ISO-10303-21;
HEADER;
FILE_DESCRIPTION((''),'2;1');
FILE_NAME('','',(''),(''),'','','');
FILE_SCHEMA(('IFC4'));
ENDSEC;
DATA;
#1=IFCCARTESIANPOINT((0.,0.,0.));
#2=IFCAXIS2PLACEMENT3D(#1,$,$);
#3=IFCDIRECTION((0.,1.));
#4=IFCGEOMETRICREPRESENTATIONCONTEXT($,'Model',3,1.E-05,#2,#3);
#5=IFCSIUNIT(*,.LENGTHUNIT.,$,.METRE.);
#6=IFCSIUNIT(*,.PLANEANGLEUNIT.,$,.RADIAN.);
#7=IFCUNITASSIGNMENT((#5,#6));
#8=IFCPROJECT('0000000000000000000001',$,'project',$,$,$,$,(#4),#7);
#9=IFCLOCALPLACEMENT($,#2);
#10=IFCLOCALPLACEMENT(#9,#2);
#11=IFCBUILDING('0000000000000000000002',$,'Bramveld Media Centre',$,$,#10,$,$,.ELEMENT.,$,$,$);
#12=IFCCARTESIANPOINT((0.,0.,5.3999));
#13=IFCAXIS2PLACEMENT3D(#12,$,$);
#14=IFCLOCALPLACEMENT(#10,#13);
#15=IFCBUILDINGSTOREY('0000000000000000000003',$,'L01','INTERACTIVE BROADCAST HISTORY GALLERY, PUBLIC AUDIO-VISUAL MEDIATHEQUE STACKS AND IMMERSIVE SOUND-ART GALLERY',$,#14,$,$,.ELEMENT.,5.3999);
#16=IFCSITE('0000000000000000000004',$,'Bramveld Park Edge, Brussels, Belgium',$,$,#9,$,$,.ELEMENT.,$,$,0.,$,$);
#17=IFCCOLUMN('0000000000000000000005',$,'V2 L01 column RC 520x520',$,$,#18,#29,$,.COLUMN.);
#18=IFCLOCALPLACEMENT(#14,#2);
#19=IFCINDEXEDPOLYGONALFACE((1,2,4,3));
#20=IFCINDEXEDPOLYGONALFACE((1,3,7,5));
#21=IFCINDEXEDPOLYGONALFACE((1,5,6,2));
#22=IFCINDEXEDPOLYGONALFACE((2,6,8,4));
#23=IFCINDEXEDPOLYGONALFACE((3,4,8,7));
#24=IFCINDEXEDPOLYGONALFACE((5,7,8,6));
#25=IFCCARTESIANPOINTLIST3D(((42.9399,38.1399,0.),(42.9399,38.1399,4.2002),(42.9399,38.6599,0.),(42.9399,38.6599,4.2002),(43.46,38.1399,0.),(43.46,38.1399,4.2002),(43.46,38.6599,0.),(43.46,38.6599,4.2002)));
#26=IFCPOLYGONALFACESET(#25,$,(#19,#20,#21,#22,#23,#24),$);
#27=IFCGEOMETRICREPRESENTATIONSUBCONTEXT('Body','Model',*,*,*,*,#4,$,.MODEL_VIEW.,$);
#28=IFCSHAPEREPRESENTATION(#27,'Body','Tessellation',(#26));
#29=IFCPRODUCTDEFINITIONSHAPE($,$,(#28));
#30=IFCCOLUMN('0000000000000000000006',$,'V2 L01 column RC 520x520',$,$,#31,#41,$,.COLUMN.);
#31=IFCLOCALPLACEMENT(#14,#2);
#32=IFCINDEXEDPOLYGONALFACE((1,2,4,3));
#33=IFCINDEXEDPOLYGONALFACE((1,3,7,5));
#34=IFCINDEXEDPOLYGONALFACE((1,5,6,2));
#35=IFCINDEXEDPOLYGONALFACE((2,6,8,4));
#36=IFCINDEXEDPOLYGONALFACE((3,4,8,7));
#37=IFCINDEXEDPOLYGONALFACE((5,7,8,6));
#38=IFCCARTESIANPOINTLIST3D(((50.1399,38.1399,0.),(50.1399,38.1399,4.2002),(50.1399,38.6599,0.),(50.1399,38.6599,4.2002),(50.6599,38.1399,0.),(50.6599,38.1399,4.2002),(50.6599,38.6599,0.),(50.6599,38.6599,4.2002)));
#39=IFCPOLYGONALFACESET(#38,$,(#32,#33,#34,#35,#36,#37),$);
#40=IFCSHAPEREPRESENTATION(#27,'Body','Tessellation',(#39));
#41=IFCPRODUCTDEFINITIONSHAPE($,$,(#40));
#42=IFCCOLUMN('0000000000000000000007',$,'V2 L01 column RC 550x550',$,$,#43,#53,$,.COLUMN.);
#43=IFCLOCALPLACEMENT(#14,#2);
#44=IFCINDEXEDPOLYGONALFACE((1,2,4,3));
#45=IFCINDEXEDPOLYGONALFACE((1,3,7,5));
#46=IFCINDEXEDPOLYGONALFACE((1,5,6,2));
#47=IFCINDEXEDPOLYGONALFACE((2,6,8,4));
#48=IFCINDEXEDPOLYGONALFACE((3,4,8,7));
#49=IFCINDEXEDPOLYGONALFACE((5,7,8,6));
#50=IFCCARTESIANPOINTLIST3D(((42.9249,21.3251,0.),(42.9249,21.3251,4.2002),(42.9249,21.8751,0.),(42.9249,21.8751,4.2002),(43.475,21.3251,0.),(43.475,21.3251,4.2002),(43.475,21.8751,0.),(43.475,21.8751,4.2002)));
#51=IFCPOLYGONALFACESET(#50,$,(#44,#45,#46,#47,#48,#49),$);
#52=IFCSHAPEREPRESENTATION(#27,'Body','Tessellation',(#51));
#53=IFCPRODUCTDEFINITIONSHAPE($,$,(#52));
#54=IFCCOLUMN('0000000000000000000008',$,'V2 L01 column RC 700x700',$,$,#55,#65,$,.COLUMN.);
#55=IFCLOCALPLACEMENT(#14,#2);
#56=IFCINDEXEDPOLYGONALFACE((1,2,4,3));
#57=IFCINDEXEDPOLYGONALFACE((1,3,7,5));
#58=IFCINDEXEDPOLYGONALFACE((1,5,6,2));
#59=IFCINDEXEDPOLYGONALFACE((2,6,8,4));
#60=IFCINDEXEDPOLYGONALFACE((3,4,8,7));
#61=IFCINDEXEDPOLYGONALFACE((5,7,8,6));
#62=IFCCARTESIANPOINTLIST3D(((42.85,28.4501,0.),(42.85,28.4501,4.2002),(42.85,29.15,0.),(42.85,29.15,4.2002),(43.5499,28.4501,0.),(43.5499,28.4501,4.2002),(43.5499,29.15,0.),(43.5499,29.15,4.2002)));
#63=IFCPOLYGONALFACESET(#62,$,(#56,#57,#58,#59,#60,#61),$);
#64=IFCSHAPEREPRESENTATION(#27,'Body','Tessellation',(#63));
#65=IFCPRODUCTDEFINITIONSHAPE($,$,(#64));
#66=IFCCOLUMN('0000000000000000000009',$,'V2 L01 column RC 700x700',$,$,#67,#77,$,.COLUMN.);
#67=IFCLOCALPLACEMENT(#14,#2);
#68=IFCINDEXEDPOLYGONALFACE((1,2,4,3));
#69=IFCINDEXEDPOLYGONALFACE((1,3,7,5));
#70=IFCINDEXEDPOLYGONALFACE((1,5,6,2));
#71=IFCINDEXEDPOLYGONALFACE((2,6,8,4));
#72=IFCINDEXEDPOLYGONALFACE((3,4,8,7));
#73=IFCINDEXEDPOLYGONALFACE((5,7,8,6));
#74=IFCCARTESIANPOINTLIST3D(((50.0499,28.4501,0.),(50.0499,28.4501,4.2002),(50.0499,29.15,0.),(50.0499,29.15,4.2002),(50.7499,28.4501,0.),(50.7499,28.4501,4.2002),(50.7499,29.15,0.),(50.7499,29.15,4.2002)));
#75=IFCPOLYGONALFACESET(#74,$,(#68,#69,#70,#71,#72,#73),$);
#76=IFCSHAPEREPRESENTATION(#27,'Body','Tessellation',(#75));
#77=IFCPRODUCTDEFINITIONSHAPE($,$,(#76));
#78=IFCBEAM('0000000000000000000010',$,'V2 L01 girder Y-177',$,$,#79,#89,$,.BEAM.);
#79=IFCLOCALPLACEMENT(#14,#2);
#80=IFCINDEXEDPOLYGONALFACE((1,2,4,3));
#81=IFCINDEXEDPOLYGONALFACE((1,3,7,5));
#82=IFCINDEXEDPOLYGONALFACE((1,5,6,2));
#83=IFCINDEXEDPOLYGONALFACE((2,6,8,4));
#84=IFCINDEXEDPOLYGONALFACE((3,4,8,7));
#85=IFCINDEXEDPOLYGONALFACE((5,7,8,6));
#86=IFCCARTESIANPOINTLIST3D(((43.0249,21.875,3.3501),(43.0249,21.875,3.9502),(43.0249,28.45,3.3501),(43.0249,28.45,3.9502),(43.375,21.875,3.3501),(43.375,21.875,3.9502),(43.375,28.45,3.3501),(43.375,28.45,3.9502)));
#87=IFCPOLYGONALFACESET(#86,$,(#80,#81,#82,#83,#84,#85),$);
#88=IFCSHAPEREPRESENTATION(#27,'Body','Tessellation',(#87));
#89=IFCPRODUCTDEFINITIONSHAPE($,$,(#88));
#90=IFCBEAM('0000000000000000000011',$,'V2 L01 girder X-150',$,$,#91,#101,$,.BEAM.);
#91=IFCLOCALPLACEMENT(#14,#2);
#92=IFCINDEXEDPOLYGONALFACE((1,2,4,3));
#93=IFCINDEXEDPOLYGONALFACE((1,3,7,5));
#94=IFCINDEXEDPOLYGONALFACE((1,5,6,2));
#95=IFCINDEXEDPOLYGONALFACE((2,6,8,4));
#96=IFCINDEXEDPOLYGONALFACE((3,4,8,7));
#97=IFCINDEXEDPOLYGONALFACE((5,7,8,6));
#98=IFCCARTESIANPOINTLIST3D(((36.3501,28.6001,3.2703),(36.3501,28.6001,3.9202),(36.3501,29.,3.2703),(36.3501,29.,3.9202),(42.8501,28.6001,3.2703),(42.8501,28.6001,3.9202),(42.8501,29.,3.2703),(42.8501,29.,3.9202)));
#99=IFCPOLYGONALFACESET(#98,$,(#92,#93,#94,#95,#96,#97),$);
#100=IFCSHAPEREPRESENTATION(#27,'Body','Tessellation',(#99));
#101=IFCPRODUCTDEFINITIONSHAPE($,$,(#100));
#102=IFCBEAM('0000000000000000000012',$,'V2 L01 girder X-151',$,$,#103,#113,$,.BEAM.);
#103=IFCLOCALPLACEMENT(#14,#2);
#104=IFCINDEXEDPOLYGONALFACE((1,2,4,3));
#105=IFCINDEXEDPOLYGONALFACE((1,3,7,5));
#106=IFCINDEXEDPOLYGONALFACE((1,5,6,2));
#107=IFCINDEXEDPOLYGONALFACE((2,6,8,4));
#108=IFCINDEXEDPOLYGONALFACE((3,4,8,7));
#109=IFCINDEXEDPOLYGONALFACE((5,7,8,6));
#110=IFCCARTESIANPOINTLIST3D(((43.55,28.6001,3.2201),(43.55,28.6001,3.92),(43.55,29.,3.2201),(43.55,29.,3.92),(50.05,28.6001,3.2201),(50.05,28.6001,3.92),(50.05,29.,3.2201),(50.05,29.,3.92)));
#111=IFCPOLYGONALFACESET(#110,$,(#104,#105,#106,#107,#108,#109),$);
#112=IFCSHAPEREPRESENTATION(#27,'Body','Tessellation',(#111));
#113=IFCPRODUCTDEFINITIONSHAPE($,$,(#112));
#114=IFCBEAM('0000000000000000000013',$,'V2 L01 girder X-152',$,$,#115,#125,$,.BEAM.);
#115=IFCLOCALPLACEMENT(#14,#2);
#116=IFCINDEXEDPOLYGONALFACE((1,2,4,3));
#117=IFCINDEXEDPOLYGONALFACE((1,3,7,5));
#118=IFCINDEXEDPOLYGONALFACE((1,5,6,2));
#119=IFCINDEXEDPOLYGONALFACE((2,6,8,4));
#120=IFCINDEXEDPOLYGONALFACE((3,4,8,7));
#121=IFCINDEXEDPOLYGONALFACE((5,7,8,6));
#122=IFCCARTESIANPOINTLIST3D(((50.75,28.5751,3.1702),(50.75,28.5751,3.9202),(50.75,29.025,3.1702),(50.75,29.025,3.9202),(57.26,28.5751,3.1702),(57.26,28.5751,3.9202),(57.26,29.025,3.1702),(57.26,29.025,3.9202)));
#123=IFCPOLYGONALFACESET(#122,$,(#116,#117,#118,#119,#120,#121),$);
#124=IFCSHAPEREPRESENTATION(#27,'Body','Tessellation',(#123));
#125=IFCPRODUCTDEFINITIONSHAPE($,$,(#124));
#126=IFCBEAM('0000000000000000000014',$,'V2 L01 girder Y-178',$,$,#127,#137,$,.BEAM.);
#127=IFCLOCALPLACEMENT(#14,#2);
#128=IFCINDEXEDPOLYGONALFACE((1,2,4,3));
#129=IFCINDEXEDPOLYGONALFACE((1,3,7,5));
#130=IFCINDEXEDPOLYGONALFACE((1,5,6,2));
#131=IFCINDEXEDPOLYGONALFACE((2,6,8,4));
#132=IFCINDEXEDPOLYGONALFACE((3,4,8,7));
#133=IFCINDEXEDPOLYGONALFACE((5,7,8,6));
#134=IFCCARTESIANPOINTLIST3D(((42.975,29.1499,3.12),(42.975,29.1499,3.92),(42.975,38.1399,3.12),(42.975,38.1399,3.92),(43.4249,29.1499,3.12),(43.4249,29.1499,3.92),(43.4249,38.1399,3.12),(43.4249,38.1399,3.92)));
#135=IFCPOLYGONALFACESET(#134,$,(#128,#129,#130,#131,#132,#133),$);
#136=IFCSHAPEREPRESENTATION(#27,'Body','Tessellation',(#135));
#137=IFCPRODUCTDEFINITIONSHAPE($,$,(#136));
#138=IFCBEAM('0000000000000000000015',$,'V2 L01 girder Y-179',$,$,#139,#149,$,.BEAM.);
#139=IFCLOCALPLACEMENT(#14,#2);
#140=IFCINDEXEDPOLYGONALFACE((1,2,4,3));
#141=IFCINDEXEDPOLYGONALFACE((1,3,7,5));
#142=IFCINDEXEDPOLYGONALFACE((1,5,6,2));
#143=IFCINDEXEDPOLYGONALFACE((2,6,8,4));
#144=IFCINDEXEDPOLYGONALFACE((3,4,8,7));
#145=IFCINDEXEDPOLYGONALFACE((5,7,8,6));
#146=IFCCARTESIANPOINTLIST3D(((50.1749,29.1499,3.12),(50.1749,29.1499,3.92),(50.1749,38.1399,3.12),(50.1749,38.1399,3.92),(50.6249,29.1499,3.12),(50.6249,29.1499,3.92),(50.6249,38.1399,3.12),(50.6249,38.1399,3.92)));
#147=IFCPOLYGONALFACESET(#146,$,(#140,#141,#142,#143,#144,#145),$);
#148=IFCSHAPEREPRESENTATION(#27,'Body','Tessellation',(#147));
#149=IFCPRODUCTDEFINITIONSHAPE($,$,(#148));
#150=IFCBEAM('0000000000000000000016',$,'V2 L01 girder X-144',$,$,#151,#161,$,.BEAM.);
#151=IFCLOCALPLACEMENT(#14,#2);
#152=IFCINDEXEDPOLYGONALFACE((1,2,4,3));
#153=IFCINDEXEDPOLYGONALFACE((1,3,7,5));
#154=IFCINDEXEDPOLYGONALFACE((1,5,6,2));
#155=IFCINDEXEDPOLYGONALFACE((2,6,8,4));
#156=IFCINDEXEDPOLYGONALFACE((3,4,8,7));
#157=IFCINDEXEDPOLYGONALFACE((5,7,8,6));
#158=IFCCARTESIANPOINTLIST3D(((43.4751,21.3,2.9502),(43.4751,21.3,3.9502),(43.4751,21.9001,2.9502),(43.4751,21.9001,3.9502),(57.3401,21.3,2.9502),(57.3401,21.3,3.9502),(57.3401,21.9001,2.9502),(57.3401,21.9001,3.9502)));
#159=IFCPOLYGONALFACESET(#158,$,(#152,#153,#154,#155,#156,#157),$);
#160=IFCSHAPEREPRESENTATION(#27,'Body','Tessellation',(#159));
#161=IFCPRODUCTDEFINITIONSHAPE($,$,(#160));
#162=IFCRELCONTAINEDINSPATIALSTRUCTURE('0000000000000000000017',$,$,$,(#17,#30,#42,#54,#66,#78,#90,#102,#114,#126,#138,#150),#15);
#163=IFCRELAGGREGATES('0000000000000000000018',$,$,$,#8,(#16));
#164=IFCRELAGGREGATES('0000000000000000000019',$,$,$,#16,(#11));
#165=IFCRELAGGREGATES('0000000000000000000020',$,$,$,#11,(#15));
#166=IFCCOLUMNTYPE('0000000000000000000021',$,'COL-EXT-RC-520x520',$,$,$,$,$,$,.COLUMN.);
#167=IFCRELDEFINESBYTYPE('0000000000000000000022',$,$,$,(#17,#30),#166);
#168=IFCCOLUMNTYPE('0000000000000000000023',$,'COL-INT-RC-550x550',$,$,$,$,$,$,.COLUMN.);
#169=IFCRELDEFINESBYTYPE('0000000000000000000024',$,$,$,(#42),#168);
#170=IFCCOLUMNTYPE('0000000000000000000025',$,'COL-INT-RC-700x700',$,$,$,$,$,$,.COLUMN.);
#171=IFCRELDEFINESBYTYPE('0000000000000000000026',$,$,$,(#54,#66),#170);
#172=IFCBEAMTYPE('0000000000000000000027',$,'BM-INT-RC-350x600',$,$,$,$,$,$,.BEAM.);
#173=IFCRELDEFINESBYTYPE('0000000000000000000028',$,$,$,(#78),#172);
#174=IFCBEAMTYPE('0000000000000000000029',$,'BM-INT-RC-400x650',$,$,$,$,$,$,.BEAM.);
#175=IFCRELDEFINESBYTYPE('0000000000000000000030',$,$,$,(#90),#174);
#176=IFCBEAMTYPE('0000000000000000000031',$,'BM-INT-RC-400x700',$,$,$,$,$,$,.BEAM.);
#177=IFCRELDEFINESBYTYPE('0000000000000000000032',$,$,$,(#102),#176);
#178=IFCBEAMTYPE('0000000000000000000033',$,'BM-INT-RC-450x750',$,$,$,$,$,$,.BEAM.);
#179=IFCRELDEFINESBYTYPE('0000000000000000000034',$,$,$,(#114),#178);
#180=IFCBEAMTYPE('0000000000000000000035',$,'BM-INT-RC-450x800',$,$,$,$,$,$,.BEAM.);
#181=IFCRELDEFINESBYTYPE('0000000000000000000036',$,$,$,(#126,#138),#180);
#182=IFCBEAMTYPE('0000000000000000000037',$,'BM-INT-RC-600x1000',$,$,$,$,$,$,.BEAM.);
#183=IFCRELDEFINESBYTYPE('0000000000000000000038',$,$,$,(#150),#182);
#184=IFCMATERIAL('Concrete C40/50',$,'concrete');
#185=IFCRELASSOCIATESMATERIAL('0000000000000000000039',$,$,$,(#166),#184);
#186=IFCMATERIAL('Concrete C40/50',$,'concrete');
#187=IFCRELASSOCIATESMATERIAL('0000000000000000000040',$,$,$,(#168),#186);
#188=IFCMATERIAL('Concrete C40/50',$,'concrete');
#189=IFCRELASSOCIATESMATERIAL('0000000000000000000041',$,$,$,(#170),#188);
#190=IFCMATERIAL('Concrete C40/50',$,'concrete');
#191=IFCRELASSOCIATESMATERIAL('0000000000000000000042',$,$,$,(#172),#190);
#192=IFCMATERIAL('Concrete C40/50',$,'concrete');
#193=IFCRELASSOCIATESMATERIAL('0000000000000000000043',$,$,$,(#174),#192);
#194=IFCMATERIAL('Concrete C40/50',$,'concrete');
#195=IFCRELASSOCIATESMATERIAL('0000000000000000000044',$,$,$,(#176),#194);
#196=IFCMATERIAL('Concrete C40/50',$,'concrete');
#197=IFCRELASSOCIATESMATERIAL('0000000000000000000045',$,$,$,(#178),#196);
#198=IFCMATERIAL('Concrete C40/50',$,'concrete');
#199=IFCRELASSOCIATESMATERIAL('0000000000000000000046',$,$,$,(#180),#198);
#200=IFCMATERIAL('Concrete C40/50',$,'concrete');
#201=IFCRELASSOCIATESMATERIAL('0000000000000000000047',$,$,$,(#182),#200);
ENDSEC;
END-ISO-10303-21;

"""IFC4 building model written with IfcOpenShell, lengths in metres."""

from ifc_helpers import new_model, si_unit, direction, frame, origin, origin_2d, place, context, subcontext, project, spatial, rectangle, extrude, material, material_profile, profile_set, type_object, element, save


model = new_model("IFC4")

# Units and contexts
model_context = context("Model", 3, precision=1e-05, world=origin(), true_north=direction((0.0, 1.0)))
body_context = subcontext(model_context, "Body", "Model", "MODEL_VIEW")
ifc_project = project(units=[si_unit("LENGTHUNIT", "METRE"), si_unit("PLANEANGLEUNIT", "RADIAN")], contexts=[model_context])

# Site, building, storey
site_placement = place(None, origin())
site = spatial("IfcSite", under=ifc_project, at=site_placement, Name="Bramveld Park Edge, Brussels, Belgium", CompositionType="ELEMENT", RefElevation=0.0)
building_placement = place(site_placement, origin())
building = spatial("IfcBuilding", under=site, at=building_placement, Name="Bramveld Media Centre", CompositionType="ELEMENT")
storey_placement = place(building_placement, frame((0.0, 0.0, 5.3999)))
storey = spatial("IfcBuildingStorey", under=building, at=storey_placement, Name="L01", Description="INTERACTIVE BROADCAST HISTORY GALLERY, PUBLIC AUDIO-VISUAL MEDIATHEQUE STACKS AND IMMERSIVE SOUND-ART GALLERY", CompositionType="ELEMENT", Elevation=5.3999)

# Columns
ifc_material_1 = material(Name="Concrete C40/50", Category="concrete")
ifc_material_profile_1 = material_profile(ifc_material_1, rectangle(XDim=0.52, YDim=0.52, at=origin_2d()), Name="RC 520x520")
ifc_profile_set_1 = profile_set([ifc_material_profile_1], Name="Concrete C40/50")
column_type_1 = type_object("IfcColumnType", Name="COL-EXT-RC-520x520", PredefinedType="COLUMN", material=ifc_profile_set_1)
for number, where, z_axis, x_axis, name in (
    (1, (43.2, 38.3999, 0.0), (0.0, 0.0, 1.0), (1.0, 0.0, 0.0), "V2 L01 column RC 520x520"),
    (2, (50.3999, 38.3999, 0.0), (0.0, 0.0, 1.0), (1.0, 0.0, 0.0), "V2 L01 column RC 520x520"),
):
    element("IfcColumn", number, at=place(storey_placement, frame(where, z_axis=z_axis, x_axis=x_axis)), inside=storey, type_object=column_type_1, Name=name, PredefinedType="COLUMN", context=body_context, shape_type="SweptSolid", body=[
        extrude(rectangle(XDim=0.52, YDim=0.52, at=origin_2d()), origin(), (0.0, 0.0, 1.0), 4.2002),
    ])
ifc_material_2 = material(Name="Concrete C40/50", Category="concrete")
ifc_material_profile_2 = material_profile(ifc_material_2, rectangle(XDim=0.55, YDim=0.55, at=origin_2d()), Name="RC 550x550")
ifc_profile_set_2 = profile_set([ifc_material_profile_2], Name="Concrete C40/50")
column_type_2 = type_object("IfcColumnType", Name="COL-INT-RC-550x550", PredefinedType="COLUMN", material=ifc_profile_set_2)
column_placement = place(storey_placement, frame((43.2, 21.6001, 0.0), z_axis=(0.0, 0.0, 1.0), x_axis=(1.0, 0.0, 0.0)))
element("IfcColumn", 3, at=column_placement, inside=storey, type_object=column_type_2, Name="V2 L01 column RC 550x550", PredefinedType="COLUMN", context=body_context, shape_type="SweptSolid", body=[
    extrude(rectangle(XDim=0.55, YDim=0.55, at=origin_2d()), origin(), (0.0, 0.0, 1.0), 4.2002),
])
ifc_material_3 = material(Name="Concrete C40/50", Category="concrete")
ifc_material_profile_3 = material_profile(ifc_material_3, rectangle(XDim=0.7, YDim=0.7, at=origin_2d()), Name="RC 700x700")
ifc_profile_set_3 = profile_set([ifc_material_profile_3], Name="Concrete C40/50")
column_type_3 = type_object("IfcColumnType", Name="COL-INT-RC-700x700", PredefinedType="COLUMN", material=ifc_profile_set_3)
for number, where, z_axis, x_axis, name in (
    (4, (43.2, 28.8, 0.0), (0.0, 0.0, 1.0), (1.0, 0.0, 0.0), "V2 L01 column RC 700x700"),
    (5, (50.3999, 28.8, 0.0), (0.0, 0.0, 1.0), (1.0, 0.0, 0.0), "V2 L01 column RC 700x700"),
):
    element("IfcColumn", number, at=place(storey_placement, frame(where, z_axis=z_axis, x_axis=x_axis)), inside=storey, type_object=column_type_3, Name=name, PredefinedType="COLUMN", context=body_context, shape_type="SweptSolid", body=[
        extrude(rectangle(XDim=0.7, YDim=0.7, at=origin_2d()), origin(), (0.0, 0.0, 1.0), 4.2002),
    ])

# Beams
ifc_material_4 = material(Name="Concrete C40/50", Category="concrete")
ifc_material_profile_4 = material_profile(ifc_material_4, rectangle(XDim=0.3501, YDim=0.6001, at=origin_2d()), Name="RC 350x600")
ifc_profile_set_4 = profile_set([ifc_material_profile_4], Name="Concrete C40/50")
beam_type_1 = type_object("IfcBeamType", Name="BM-INT-RC-350x600", PredefinedType="BEAM", material=ifc_profile_set_4)
beam_1_placement = place(storey_placement, frame((43.2, 21.875, 3.6501), z_axis=(0.0, 1.0, 0.0), x_axis=(-1.0, 0.0, 0.0)))
element("IfcBeam", 6, at=beam_1_placement, inside=storey, type_object=beam_type_1, Name="V2 L01 girder Y-177", PredefinedType="BEAM", context=body_context, shape_type="SweptSolid", body=[
    extrude(rectangle(XDim=0.3501, YDim=0.6001, at=origin_2d()), origin(), (0.0, 0.0, 1.0), 6.575),
])
ifc_material_5 = material(Name="Concrete C40/50", Category="concrete")
ifc_material_profile_5 = material_profile(ifc_material_5, rectangle(XDim=0.3999, YDim=0.6499, at=origin_2d()), Name="RC 400x650")
ifc_profile_set_5 = profile_set([ifc_material_profile_5], Name="Concrete C40/50")
beam_type_2 = type_object("IfcBeamType", Name="BM-INT-RC-400x650", PredefinedType="BEAM", material=ifc_profile_set_5)
beam_2_placement = place(storey_placement, frame((36.3501, 28.8, 3.5952), z_axis=(1.0, 0.0, 0.0), x_axis=(0.0, 1.0, 0.0)))
element("IfcBeam", 7, at=beam_2_placement, inside=storey, type_object=beam_type_2, Name="V2 L01 girder X-150", PredefinedType="BEAM", context=body_context, shape_type="SweptSolid", body=[
    extrude(rectangle(XDim=0.3999, YDim=0.6499, at=origin_2d()), origin(), (0.0, 0.0, 1.0), 6.5),
])
ifc_material_6 = material(Name="Concrete C40/50", Category="concrete")
ifc_material_profile_6 = material_profile(ifc_material_6, rectangle(XDim=0.3999, YDim=0.7, at=origin_2d()), Name="RC 400x700")
ifc_profile_set_6 = profile_set([ifc_material_profile_6], Name="Concrete C40/50")
beam_type_3 = type_object("IfcBeamType", Name="BM-INT-RC-400x700", PredefinedType="BEAM", material=ifc_profile_set_6)
beam_3_placement = place(storey_placement, frame((43.55, 28.8, 3.5701), z_axis=(1.0, 0.0, 0.0), x_axis=(0.0, 1.0, 0.0)))
element("IfcBeam", 8, at=beam_3_placement, inside=storey, type_object=beam_type_3, Name="V2 L01 girder X-151", PredefinedType="BEAM", context=body_context, shape_type="SweptSolid", body=[
    extrude(rectangle(XDim=0.3999, YDim=0.7, at=origin_2d()), origin(), (0.0, 0.0, 1.0), 6.5),
])
ifc_material_7 = material(Name="Concrete C40/50", Category="concrete")
ifc_material_profile_7 = material_profile(ifc_material_7, rectangle(XDim=0.45, YDim=0.75, at=origin_2d()), Name="RC 450x750")
ifc_profile_set_7 = profile_set([ifc_material_profile_7], Name="Concrete C40/50")
beam_type_4 = type_object("IfcBeamType", Name="BM-INT-RC-450x750", PredefinedType="BEAM", material=ifc_profile_set_7)
beam_4_placement = place(storey_placement, frame((50.75, 28.8, 3.5452), z_axis=(1.0, 0.0, 0.0), x_axis=(0.0, 1.0, 0.0)))
element("IfcBeam", 9, at=beam_4_placement, inside=storey, type_object=beam_type_4, Name="V2 L01 girder X-152", PredefinedType="BEAM", context=body_context, shape_type="SweptSolid", body=[
    extrude(rectangle(XDim=0.45, YDim=0.75, at=origin_2d()), origin(), (0.0, 0.0, 1.0), 6.51),
])
ifc_material_8 = material(Name="Concrete C40/50", Category="concrete")
ifc_material_profile_8 = material_profile(ifc_material_8, rectangle(XDim=0.45, YDim=0.8, at=origin_2d()), Name="RC 450x800")
ifc_profile_set_8 = profile_set([ifc_material_profile_8], Name="Concrete C40/50")
beam_type_5 = type_object("IfcBeamType", Name="BM-INT-RC-450x800", PredefinedType="BEAM", material=ifc_profile_set_8)
for number, where, z_axis, x_axis, name in (
    (10, (43.2, 29.1499, 3.52), (0.0, 1.0, 0.0), (-1.0, 0.0, 0.0), "V2 L01 girder Y-178"),
    (11, (50.3999, 29.1499, 3.52), (0.0, 1.0, 0.0), (-1.0, 0.0, 0.0), "V2 L01 girder Y-179"),
):
    element("IfcBeam", number, at=place(storey_placement, frame(where, z_axis=z_axis, x_axis=x_axis)), inside=storey, type_object=beam_type_5, Name=name, PredefinedType="BEAM", context=body_context, shape_type="SweptSolid", body=[
        extrude(rectangle(XDim=0.45, YDim=0.8, at=origin_2d()), origin(), (0.0, 0.0, 1.0), 8.99),
    ])
ifc_material_9 = material(Name="Concrete C40/50", Category="concrete")
ifc_material_profile_9 = material_profile(ifc_material_9, rectangle(XDim=0.6001, YDim=1.0, at=origin_2d()), Name="RC 600x1000")
ifc_profile_set_9 = profile_set([ifc_material_profile_9], Name="Concrete C40/50")
beam_type_6 = type_object("IfcBeamType", Name="BM-INT-RC-600x1000", PredefinedType="BEAM", material=ifc_profile_set_9)
beam_5_placement = place(storey_placement, frame((43.4751, 21.6001, 3.4502), z_axis=(1.0, 0.0, 0.0), x_axis=(0.0, 1.0, 0.0)))
element("IfcBeam", 12, at=beam_5_placement, inside=storey, type_object=beam_type_6, Name="V2 L01 girder X-144", PredefinedType="BEAM", context=body_context, shape_type="SweptSolid", body=[
    extrude(rectangle(XDim=0.6001, YDim=1.0, at=origin_2d()), origin(), (0.0, 0.0, 1.0), 13.865),
])

save(model, "model.ifc")
